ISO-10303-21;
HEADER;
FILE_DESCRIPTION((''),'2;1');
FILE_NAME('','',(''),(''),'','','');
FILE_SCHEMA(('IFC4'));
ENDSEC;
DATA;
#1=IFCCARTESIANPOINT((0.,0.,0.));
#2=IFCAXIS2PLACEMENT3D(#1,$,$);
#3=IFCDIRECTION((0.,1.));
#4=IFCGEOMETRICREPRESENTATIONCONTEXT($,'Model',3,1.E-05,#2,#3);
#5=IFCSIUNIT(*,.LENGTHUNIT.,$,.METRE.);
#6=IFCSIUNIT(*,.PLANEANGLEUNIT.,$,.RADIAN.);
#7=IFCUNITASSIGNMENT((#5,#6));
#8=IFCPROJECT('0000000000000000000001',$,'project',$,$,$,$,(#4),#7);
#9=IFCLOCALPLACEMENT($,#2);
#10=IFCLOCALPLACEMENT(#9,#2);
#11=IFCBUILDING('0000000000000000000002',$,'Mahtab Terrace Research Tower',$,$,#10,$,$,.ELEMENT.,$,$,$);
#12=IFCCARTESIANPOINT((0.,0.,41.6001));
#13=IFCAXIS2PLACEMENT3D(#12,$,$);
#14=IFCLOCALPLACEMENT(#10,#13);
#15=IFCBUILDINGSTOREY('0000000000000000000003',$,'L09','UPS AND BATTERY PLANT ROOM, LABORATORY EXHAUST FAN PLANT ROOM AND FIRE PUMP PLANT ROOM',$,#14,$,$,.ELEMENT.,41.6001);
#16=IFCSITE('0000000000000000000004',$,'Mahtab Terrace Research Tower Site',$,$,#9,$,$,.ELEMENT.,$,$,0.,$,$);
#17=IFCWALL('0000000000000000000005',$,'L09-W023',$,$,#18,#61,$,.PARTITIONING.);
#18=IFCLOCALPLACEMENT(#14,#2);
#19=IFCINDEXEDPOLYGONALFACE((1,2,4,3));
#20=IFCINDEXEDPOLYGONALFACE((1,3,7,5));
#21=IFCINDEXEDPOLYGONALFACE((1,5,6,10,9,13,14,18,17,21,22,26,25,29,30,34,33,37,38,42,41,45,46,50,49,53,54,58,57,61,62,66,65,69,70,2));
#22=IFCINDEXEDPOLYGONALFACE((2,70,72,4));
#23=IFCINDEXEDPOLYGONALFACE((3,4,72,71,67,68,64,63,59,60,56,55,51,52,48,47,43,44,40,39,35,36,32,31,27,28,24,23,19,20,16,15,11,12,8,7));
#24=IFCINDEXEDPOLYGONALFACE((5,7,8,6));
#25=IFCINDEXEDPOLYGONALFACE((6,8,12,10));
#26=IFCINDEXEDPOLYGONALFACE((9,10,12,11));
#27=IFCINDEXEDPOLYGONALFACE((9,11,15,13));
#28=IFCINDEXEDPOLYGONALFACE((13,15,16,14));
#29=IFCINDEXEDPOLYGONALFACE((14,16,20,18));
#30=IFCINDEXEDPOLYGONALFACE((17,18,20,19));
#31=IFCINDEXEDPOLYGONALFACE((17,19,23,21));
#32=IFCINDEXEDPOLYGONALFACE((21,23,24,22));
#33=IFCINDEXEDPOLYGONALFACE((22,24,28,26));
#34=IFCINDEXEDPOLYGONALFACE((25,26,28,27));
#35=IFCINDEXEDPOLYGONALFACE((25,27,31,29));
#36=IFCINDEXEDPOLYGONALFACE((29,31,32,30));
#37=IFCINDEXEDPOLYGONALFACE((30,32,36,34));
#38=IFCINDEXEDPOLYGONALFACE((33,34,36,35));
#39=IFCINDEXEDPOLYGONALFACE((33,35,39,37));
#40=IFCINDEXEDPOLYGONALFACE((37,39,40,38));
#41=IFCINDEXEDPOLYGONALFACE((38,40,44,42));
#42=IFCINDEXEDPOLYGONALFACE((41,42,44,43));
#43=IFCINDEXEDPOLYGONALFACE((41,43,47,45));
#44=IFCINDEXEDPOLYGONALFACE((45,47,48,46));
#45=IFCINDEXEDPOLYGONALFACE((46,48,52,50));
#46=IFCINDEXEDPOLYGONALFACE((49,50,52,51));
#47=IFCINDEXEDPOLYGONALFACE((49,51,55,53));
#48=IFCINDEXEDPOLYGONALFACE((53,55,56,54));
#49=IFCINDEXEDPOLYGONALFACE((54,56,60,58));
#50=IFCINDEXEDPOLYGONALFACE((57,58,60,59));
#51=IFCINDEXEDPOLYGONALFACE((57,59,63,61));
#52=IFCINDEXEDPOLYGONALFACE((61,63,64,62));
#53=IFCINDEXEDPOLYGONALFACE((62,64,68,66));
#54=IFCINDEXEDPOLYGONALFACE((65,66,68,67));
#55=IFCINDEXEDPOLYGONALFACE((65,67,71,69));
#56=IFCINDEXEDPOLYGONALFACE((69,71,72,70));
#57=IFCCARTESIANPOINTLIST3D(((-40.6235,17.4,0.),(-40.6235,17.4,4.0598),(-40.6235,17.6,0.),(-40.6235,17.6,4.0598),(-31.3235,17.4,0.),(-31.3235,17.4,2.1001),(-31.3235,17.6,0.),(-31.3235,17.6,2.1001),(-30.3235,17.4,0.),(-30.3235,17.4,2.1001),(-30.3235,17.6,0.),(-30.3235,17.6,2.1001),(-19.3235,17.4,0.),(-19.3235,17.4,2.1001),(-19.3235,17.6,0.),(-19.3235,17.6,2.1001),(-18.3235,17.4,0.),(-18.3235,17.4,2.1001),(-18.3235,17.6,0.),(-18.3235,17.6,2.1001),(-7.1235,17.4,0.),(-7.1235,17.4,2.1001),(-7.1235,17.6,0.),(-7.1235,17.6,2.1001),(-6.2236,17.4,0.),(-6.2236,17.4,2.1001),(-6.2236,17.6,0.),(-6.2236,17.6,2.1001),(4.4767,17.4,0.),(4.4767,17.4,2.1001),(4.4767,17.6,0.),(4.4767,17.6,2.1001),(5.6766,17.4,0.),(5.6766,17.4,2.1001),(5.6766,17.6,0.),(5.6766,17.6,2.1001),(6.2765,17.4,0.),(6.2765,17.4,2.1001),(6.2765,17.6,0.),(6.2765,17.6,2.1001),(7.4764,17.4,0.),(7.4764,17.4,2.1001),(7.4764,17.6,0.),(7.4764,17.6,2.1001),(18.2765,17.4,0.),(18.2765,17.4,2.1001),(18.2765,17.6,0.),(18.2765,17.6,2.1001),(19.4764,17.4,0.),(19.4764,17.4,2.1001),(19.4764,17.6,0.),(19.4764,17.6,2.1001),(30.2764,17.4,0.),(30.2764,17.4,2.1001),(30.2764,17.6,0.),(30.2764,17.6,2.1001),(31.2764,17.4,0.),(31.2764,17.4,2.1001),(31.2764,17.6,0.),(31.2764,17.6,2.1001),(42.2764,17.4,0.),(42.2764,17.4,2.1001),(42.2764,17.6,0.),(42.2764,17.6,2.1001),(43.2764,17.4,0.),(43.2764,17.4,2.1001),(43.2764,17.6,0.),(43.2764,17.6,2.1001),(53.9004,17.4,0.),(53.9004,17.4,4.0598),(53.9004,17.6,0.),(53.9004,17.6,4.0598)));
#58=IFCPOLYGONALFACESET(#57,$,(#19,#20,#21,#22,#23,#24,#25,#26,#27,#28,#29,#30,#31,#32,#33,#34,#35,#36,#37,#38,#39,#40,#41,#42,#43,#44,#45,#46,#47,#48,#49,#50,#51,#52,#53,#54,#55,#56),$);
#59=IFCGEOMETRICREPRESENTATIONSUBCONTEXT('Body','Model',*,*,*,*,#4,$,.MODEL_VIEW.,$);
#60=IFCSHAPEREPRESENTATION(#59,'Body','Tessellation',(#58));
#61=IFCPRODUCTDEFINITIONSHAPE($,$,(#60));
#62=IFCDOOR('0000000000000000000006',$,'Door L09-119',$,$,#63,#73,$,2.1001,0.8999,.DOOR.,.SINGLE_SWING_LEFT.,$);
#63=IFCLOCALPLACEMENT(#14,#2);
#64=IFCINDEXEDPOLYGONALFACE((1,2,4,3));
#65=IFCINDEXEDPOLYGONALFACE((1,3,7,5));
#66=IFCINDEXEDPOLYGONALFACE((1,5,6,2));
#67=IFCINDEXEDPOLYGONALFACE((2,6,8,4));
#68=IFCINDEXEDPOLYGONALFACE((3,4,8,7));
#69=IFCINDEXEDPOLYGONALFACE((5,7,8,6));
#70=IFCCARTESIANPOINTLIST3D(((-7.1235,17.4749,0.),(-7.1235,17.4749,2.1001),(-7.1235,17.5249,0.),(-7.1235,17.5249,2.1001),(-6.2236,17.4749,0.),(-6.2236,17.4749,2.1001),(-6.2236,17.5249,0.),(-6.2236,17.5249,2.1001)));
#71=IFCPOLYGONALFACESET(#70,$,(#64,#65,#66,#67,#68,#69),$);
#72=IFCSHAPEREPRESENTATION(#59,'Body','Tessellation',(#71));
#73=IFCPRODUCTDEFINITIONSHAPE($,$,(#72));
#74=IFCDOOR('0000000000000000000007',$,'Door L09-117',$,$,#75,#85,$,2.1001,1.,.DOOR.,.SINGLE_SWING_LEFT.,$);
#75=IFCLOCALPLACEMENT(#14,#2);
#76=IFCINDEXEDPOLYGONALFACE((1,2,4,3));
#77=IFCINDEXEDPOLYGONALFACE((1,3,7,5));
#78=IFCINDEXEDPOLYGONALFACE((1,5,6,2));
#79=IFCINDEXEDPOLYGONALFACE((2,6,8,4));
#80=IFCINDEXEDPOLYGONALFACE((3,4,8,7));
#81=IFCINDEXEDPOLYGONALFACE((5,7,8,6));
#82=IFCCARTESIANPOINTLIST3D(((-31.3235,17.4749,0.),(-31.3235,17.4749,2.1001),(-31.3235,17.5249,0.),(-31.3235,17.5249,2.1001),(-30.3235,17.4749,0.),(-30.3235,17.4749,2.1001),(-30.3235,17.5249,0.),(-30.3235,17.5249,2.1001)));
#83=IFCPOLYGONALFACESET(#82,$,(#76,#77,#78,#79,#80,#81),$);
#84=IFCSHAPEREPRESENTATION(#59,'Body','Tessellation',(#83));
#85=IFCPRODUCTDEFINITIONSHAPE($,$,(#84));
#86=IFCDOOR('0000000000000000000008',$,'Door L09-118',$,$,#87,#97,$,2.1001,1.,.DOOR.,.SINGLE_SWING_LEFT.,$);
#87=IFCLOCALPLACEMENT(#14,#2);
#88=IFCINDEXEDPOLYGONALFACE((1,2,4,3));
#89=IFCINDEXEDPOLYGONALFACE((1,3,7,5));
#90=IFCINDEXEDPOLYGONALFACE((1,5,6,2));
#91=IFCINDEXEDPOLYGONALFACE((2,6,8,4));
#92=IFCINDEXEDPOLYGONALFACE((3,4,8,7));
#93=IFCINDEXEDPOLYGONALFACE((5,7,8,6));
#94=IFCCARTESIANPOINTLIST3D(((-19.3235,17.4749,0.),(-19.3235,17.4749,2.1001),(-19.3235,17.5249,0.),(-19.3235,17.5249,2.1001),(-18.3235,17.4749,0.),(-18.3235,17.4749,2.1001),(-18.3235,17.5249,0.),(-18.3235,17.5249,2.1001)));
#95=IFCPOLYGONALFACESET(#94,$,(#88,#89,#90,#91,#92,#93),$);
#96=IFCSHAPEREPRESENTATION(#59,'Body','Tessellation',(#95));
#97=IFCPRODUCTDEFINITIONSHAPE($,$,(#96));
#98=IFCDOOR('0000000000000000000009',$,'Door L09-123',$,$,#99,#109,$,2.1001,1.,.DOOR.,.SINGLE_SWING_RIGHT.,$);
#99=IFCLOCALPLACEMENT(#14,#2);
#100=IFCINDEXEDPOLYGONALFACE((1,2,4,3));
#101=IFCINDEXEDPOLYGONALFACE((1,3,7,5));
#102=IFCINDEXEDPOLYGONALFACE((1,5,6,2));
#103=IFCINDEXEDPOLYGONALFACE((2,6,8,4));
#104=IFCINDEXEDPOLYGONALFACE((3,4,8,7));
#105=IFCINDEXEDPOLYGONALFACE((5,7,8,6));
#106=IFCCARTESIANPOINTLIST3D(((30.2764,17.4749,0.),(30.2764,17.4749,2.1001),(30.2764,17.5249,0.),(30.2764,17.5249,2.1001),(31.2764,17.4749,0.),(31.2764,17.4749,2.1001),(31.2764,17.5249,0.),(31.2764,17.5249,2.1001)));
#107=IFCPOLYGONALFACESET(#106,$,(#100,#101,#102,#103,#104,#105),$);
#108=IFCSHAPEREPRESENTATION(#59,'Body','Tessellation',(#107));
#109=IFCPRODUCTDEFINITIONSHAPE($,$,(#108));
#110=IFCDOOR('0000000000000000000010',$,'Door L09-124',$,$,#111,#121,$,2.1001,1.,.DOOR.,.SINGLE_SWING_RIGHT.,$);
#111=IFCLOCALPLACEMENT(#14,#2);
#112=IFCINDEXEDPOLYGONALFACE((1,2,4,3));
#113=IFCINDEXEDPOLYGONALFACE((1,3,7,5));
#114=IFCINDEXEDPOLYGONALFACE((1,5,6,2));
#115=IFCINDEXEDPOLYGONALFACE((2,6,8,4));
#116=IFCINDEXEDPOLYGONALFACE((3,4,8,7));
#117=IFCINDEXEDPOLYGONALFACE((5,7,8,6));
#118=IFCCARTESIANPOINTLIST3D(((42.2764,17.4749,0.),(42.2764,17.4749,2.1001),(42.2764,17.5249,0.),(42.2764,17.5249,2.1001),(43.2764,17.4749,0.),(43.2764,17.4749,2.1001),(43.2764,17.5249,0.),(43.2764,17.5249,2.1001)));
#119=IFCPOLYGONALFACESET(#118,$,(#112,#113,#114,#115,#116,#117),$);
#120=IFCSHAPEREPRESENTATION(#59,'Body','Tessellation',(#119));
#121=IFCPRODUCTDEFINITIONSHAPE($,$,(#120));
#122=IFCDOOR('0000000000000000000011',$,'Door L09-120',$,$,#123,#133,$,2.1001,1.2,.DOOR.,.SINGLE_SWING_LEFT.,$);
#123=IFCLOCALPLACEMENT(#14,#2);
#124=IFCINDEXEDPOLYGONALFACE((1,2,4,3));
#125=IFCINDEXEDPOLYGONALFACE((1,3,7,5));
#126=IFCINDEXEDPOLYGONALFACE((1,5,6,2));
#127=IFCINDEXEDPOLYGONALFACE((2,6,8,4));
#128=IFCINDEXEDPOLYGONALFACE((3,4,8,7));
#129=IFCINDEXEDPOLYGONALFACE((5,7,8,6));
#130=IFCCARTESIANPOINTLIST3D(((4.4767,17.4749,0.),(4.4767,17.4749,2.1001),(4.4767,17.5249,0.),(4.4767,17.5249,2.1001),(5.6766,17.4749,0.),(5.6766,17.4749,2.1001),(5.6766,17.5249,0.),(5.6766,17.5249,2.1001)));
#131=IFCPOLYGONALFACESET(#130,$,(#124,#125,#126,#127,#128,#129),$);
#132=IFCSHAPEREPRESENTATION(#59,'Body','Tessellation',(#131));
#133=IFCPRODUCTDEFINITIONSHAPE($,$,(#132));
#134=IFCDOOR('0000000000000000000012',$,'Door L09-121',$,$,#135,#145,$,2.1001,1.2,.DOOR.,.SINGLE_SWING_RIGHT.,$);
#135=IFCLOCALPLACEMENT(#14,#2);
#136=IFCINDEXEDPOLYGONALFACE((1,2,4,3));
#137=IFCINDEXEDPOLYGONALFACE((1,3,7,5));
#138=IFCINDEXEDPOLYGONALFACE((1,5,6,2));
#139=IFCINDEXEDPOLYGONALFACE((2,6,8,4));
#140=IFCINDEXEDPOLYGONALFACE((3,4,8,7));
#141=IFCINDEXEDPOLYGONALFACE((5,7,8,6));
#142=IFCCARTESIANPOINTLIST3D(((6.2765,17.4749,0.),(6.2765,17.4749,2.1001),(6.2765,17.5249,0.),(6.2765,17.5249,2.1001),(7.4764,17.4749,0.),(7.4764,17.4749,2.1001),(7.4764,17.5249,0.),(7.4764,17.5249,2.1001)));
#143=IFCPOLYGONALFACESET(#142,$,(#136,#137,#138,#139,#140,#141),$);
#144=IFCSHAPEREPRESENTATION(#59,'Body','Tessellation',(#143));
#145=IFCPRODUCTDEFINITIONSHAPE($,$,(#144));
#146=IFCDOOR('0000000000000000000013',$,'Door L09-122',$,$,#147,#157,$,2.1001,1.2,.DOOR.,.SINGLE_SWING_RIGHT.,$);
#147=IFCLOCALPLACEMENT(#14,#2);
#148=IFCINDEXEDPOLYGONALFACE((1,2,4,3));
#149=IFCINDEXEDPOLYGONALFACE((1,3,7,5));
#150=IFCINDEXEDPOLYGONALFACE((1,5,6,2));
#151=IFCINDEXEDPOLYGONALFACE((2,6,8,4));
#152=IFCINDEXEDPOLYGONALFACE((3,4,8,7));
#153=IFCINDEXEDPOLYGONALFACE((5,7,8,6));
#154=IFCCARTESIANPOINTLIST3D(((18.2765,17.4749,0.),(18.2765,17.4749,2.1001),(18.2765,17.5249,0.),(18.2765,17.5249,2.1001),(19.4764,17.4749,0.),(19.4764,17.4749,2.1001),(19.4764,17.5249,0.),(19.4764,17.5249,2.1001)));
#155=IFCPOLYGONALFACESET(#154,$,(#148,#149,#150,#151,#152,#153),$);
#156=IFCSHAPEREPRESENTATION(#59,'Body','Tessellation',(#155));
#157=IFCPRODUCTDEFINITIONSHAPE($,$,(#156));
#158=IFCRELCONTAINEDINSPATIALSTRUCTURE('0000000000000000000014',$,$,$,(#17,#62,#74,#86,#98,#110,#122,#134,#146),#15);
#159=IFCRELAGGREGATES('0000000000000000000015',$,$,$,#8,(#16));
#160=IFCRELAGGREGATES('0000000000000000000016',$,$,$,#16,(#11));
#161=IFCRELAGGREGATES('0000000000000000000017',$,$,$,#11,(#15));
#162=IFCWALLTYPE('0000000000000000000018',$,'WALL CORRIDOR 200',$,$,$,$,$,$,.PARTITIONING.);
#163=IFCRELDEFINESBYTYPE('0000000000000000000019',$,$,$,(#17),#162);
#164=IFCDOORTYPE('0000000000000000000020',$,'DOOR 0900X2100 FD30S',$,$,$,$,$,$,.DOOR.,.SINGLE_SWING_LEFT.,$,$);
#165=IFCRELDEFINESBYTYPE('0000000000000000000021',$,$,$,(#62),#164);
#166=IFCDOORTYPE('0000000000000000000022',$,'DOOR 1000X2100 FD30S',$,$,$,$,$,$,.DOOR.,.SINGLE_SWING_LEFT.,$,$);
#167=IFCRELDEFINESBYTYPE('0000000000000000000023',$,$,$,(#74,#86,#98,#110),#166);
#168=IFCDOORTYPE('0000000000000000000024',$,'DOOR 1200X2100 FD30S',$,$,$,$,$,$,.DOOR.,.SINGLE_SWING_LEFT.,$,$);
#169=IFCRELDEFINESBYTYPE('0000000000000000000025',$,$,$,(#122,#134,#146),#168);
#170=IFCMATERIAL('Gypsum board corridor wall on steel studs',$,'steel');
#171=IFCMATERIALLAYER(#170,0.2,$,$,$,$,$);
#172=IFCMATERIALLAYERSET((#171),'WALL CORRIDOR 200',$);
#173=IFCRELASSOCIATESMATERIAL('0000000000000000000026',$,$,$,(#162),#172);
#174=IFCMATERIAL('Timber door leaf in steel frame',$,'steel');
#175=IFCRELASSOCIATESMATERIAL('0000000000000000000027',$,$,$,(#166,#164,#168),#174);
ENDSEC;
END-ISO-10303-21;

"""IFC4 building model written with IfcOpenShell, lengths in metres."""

from ifc_helpers import new_model, si_unit, direction, frame, frame_2d, origin, place, context, subcontext, project, spatial, rectangle, extrude, material, layer, layer_set, type_object, element, fill, save


model = new_model("IFC4")

# Units and contexts
model_context = context("Model", 3, precision=1e-05, world=origin(), true_north=direction((0.0, 1.0)))
body_context = subcontext(model_context, "Body", "Model", "MODEL_VIEW")
ifc_project = project(units=[si_unit("LENGTHUNIT", "METRE"), si_unit("PLANEANGLEUNIT", "RADIAN")], contexts=[model_context])

# Site, building, storey
site_placement = place(None, origin())
site = spatial("IfcSite", under=ifc_project, at=site_placement, Name="Mahtab Terrace Research Tower Site", CompositionType="ELEMENT", RefElevation=0.0)
building_placement = place(site_placement, origin())
building = spatial("IfcBuilding", under=site, at=building_placement, Name="Mahtab Terrace Research Tower", CompositionType="ELEMENT")
storey_placement = place(building_placement, frame((0.0, 0.0, 41.6001)))
storey = spatial("IfcBuildingStorey", under=building, at=storey_placement, Name="L09", Description="UPS AND BATTERY PLANT ROOM, LABORATORY EXHAUST FAN PLANT ROOM AND FIRE PUMP PLANT ROOM", CompositionType="ELEMENT", Elevation=41.6001)

# Shared definitions
ifc_material_1 = material(Name="Gypsum board corridor wall on steel studs", Category="steel")
ifc_layer_1 = layer(ifc_material_1, 0.2)
ifc_layer_set_1 = layer_set([ifc_layer_1], Name="WALL CORRIDOR 200")
wall_type = type_object("IfcWallType", Name="WALL CORRIDOR 200", PredefinedType="PARTITIONING", material=ifc_layer_set_1)
ifc_material_2 = material(Name="Timber door leaf in steel frame", Category="steel")
door_type_1 = type_object("IfcDoorType", Name="DOOR 1000X2100 FD30S", OperationType="SINGLE_SWING_LEFT", PredefinedType="DOOR", material=ifc_material_2)

# Wall, openings, doors
wall_1_placement = place(storey_placement, frame((-40.6235, 17.5, 0.0), z_axis=(0.0, 0.0, 1.0), x_axis=(1.0, 0.0, 0.0)))
wall_1 = element("IfcWall", 1, at=wall_1_placement, inside=storey, type_object=wall_type, Name="L09-W023", PredefinedType="PARTITIONING", context=body_context, shape_type="SweptSolid", body=[
    extrude(rectangle(XDim=94.5239, YDim=0.2, at=frame_2d((47.262, 0.0))), origin(), (0.0, 0.0, 1.0), 4.0598),
])
opening_1_placement = place(wall_1_placement, frame((9.3, 0.0, 0.0)))
opening_1 = element("IfcOpeningElement", 2, at=opening_1_placement, cuts=wall_1, PredefinedType="OPENING", context=body_context, shape_type="SweptSolid", body=[
    extrude(rectangle(XDim=1.0, YDim=2.1001, at=frame_2d((0.5, 1.05))), frame((0.0, 0.1099, 0.0), z_axis=(0.0, -1.0, 0.0), x_axis=(1.0, 0.0, 0.0)), (0.0, 0.0, 1.0), 0.22),
])
opening_2_placement = place(wall_1_placement, frame((21.3, 0.0, 0.0)))
opening_2 = element("IfcOpeningElement", 3, at=opening_2_placement, cuts=wall_1, PredefinedType="OPENING", context=body_context, shape_type="SweptSolid", body=[
    extrude(rectangle(XDim=1.0, YDim=2.1001, at=frame_2d((0.5, 1.05))), frame((0.0, 0.1099, 0.0), z_axis=(0.0, -1.0, 0.0), x_axis=(1.0, 0.0, 0.0)), (0.0, 0.0, 1.0), 0.22),
])
opening_3_placement = place(wall_1_placement, frame((33.5, 0.0, 0.0)))
opening_3 = element("IfcOpeningElement", 4, at=opening_3_placement, cuts=wall_1, PredefinedType="OPENING", context=body_context, shape_type="SweptSolid", body=[
    extrude(rectangle(XDim=0.8999, YDim=2.1001, at=frame_2d((0.45, 1.05))), frame((0.0, 0.1099, 0.0), z_axis=(0.0, -1.0, 0.0), x_axis=(1.0, 0.0, 0.0)), (0.0, 0.0, 1.0), 0.22),
])
opening_4_placement = place(wall_1_placement, frame((45.1001, 0.0, 0.0)))
opening_4 = element("IfcOpeningElement", 5, at=opening_4_placement, cuts=wall_1, PredefinedType="OPENING", context=body_context, shape_type="SweptSolid", body=[
    extrude(rectangle(XDim=1.2, YDim=2.1001, at=frame_2d((0.6001, 1.05))), frame((0.0, 0.1099, 0.0), z_axis=(0.0, -1.0, 0.0), x_axis=(1.0, 0.0, 0.0)), (0.0, 0.0, 1.0), 0.22),
])
opening_5_placement = place(wall_1_placement, frame((46.8999, 0.0, 0.0)))
opening_5 = element("IfcOpeningElement", 6, at=opening_5_placement, cuts=wall_1, PredefinedType="OPENING", context=body_context, shape_type="SweptSolid", body=[
    extrude(rectangle(XDim=1.2, YDim=2.1001, at=frame_2d((0.6001, 1.05))), frame((0.0, 0.1099, 0.0), z_axis=(0.0, -1.0, 0.0), x_axis=(1.0, 0.0, 0.0)), (0.0, 0.0, 1.0), 0.22),
])
opening_6_placement = place(wall_1_placement, frame((58.8999, 0.0, 0.0)))
opening_6 = element("IfcOpeningElement", 7, at=opening_6_placement, cuts=wall_1, PredefinedType="OPENING", context=body_context, shape_type="SweptSolid", body=[
    extrude(rectangle(XDim=1.2, YDim=2.1001, at=frame_2d((0.6001, 1.05))), frame((0.0, 0.1099, 0.0), z_axis=(0.0, -1.0, 0.0), x_axis=(1.0, 0.0, 0.0)), (0.0, 0.0, 1.0), 0.22),
])
opening_7_placement = place(wall_1_placement, frame((70.8999, 0.0, 0.0)))
opening_7 = element("IfcOpeningElement", 8, at=opening_7_placement, cuts=wall_1, PredefinedType="OPENING", context=body_context, shape_type="SweptSolid", body=[
    extrude(rectangle(XDim=1.0, YDim=2.1001, at=frame_2d((0.5, 1.05))), frame((0.0, 0.1099, 0.0), z_axis=(0.0, -1.0, 0.0), x_axis=(1.0, 0.0, 0.0)), (0.0, 0.0, 1.0), 0.22),
])
opening_8_placement = place(wall_1_placement, frame((82.8999, 0.0, 0.0)))
opening_8 = element("IfcOpeningElement", 9, at=opening_8_placement, cuts=wall_1, PredefinedType="OPENING", context=body_context, shape_type="SweptSolid", body=[
    extrude(rectangle(XDim=1.0, YDim=2.1001, at=frame_2d((0.5, 1.05))), frame((0.0, 0.1099, 0.0), z_axis=(0.0, -1.0, 0.0), x_axis=(1.0, 0.0, 0.0)), (0.0, 0.0, 1.0), 0.22),
])
door_type_2 = type_object("IfcDoorType", Name="DOOR 0900X2100 FD30S", OperationType="SINGLE_SWING_LEFT", PredefinedType="DOOR", material=ifc_material_2)
door_1_placement = place(opening_3_placement, origin())
door_1 = element("IfcDoor", 10, at=door_1_placement, inside=storey, type_object=door_type_2, Name="Door L09-119", OperationType="SINGLE_SWING_LEFT", OverallHeight=2.1001, OverallWidth=0.8999, PredefinedType="DOOR", context=body_context, shape_type="SweptSolid", body=[
    extrude(rectangle(XDim=0.8999, YDim=2.1001, at=frame_2d((0.45, 1.05))), frame((0.0, 0.0249, 0.0), z_axis=(0.0, -1.0, 0.0), x_axis=(1.0, 0.0, 0.0)), (0.0, 0.0, 1.0), 0.05),
])
fill(opening_3, door_1)
door_2_placement = place(opening_1_placement, origin())
door_2 = element("IfcDoor", 11, at=door_2_placement, inside=storey, type_object=door_type_1, Name="Door L09-117", OperationType="SINGLE_SWING_LEFT", OverallHeight=2.1001, OverallWidth=1.0, PredefinedType="DOOR", context=body_context, shape_type="SweptSolid", body=[
    extrude(rectangle(XDim=1.0, YDim=2.1001, at=frame_2d((0.5, 1.05))), frame((0.0, 0.0249, 0.0), z_axis=(0.0, -1.0, 0.0), x_axis=(1.0, 0.0, 0.0)), (0.0, 0.0, 1.0), 0.05),
])
fill(opening_1, door_2)
door_3_placement = place(opening_2_placement, origin())
door_3 = element("IfcDoor", 12, at=door_3_placement, inside=storey, type_object=door_type_1, Name="Door L09-118", OperationType="SINGLE_SWING_LEFT", OverallHeight=2.1001, OverallWidth=1.0, PredefinedType="DOOR", context=body_context, shape_type="SweptSolid", body=[
    extrude(rectangle(XDim=1.0, YDim=2.1001, at=frame_2d((0.5, 1.05))), frame((0.0, 0.0249, 0.0), z_axis=(0.0, -1.0, 0.0), x_axis=(1.0, 0.0, 0.0)), (0.0, 0.0, 1.0), 0.05),
])
fill(opening_2, door_3)
door_4_placement = place(opening_7_placement, origin())
door_4 = element("IfcDoor", 13, at=door_4_placement, inside=storey, type_object=door_type_1, Name="Door L09-123", OperationType="SINGLE_SWING_RIGHT", OverallHeight=2.1001, OverallWidth=1.0, PredefinedType="DOOR", context=body_context, shape_type="SweptSolid", body=[
    extrude(rectangle(XDim=1.0, YDim=2.1001, at=frame_2d((0.5, 1.05))), frame((0.0, 0.0249, 0.0), z_axis=(0.0, -1.0, 0.0), x_axis=(1.0, 0.0, 0.0)), (0.0, 0.0, 1.0), 0.05),
])
fill(opening_7, door_4)
door_5_placement = place(opening_8_placement, origin())
door_5 = element("IfcDoor", 14, at=door_5_placement, inside=storey, type_object=door_type_1, Name="Door L09-124", OperationType="SINGLE_SWING_RIGHT", OverallHeight=2.1001, OverallWidth=1.0, PredefinedType="DOOR", context=body_context, shape_type="SweptSolid", body=[
    extrude(rectangle(XDim=1.0, YDim=2.1001, at=frame_2d((0.5, 1.05))), frame((0.0, 0.0249, 0.0), z_axis=(0.0, -1.0, 0.0), x_axis=(1.0, 0.0, 0.0)), (0.0, 0.0, 1.0), 0.05),
])
fill(opening_8, door_5)
door_type_3 = type_object("IfcDoorType", Name="DOOR 1200X2100 FD30S", OperationType="SINGLE_SWING_LEFT", PredefinedType="DOOR", material=ifc_material_2)
door_6_placement = place(opening_4_placement, origin())
door_6 = element("IfcDoor", 15, at=door_6_placement, inside=storey, type_object=door_type_3, Name="Door L09-120", OperationType="SINGLE_SWING_LEFT", OverallHeight=2.1001, OverallWidth=1.2, PredefinedType="DOOR", context=body_context, shape_type="SweptSolid", body=[
    extrude(rectangle(XDim=1.2, YDim=2.1001, at=frame_2d((0.6001, 1.05))), frame((0.0, 0.0249, 0.0), z_axis=(0.0, -1.0, 0.0), x_axis=(1.0, 0.0, 0.0)), (0.0, 0.0, 1.0), 0.05),
])
fill(opening_4, door_6)
door_7_placement = place(opening_5_placement, origin())
door_7 = element("IfcDoor", 16, at=door_7_placement, inside=storey, type_object=door_type_3, Name="Door L09-121", OperationType="SINGLE_SWING_RIGHT", OverallHeight=2.1001, OverallWidth=1.2, PredefinedType="DOOR", context=body_context, shape_type="SweptSolid", body=[
    extrude(rectangle(XDim=1.2, YDim=2.1001, at=frame_2d((0.6001, 1.05))), frame((0.0, 0.0249, 0.0), z_axis=(0.0, -1.0, 0.0), x_axis=(1.0, 0.0, 0.0)), (0.0, 0.0, 1.0), 0.05),
])
fill(opening_5, door_7)
door_8_placement = place(opening_6_placement, origin())
door_8 = element("IfcDoor", 17, at=door_8_placement, inside=storey, type_object=door_type_3, Name="Door L09-122", OperationType="SINGLE_SWING_RIGHT", OverallHeight=2.1001, OverallWidth=1.2, PredefinedType="DOOR", context=body_context, shape_type="SweptSolid", body=[
    extrude(rectangle(XDim=1.2, YDim=2.1001, at=frame_2d((0.6001, 1.05))), frame((0.0, 0.0249, 0.0), z_axis=(0.0, -1.0, 0.0), x_axis=(1.0, 0.0, 0.0)), (0.0, 0.0, 1.0), 0.05),
])
fill(opening_6, door_8)

save(model, "model.ifc")
